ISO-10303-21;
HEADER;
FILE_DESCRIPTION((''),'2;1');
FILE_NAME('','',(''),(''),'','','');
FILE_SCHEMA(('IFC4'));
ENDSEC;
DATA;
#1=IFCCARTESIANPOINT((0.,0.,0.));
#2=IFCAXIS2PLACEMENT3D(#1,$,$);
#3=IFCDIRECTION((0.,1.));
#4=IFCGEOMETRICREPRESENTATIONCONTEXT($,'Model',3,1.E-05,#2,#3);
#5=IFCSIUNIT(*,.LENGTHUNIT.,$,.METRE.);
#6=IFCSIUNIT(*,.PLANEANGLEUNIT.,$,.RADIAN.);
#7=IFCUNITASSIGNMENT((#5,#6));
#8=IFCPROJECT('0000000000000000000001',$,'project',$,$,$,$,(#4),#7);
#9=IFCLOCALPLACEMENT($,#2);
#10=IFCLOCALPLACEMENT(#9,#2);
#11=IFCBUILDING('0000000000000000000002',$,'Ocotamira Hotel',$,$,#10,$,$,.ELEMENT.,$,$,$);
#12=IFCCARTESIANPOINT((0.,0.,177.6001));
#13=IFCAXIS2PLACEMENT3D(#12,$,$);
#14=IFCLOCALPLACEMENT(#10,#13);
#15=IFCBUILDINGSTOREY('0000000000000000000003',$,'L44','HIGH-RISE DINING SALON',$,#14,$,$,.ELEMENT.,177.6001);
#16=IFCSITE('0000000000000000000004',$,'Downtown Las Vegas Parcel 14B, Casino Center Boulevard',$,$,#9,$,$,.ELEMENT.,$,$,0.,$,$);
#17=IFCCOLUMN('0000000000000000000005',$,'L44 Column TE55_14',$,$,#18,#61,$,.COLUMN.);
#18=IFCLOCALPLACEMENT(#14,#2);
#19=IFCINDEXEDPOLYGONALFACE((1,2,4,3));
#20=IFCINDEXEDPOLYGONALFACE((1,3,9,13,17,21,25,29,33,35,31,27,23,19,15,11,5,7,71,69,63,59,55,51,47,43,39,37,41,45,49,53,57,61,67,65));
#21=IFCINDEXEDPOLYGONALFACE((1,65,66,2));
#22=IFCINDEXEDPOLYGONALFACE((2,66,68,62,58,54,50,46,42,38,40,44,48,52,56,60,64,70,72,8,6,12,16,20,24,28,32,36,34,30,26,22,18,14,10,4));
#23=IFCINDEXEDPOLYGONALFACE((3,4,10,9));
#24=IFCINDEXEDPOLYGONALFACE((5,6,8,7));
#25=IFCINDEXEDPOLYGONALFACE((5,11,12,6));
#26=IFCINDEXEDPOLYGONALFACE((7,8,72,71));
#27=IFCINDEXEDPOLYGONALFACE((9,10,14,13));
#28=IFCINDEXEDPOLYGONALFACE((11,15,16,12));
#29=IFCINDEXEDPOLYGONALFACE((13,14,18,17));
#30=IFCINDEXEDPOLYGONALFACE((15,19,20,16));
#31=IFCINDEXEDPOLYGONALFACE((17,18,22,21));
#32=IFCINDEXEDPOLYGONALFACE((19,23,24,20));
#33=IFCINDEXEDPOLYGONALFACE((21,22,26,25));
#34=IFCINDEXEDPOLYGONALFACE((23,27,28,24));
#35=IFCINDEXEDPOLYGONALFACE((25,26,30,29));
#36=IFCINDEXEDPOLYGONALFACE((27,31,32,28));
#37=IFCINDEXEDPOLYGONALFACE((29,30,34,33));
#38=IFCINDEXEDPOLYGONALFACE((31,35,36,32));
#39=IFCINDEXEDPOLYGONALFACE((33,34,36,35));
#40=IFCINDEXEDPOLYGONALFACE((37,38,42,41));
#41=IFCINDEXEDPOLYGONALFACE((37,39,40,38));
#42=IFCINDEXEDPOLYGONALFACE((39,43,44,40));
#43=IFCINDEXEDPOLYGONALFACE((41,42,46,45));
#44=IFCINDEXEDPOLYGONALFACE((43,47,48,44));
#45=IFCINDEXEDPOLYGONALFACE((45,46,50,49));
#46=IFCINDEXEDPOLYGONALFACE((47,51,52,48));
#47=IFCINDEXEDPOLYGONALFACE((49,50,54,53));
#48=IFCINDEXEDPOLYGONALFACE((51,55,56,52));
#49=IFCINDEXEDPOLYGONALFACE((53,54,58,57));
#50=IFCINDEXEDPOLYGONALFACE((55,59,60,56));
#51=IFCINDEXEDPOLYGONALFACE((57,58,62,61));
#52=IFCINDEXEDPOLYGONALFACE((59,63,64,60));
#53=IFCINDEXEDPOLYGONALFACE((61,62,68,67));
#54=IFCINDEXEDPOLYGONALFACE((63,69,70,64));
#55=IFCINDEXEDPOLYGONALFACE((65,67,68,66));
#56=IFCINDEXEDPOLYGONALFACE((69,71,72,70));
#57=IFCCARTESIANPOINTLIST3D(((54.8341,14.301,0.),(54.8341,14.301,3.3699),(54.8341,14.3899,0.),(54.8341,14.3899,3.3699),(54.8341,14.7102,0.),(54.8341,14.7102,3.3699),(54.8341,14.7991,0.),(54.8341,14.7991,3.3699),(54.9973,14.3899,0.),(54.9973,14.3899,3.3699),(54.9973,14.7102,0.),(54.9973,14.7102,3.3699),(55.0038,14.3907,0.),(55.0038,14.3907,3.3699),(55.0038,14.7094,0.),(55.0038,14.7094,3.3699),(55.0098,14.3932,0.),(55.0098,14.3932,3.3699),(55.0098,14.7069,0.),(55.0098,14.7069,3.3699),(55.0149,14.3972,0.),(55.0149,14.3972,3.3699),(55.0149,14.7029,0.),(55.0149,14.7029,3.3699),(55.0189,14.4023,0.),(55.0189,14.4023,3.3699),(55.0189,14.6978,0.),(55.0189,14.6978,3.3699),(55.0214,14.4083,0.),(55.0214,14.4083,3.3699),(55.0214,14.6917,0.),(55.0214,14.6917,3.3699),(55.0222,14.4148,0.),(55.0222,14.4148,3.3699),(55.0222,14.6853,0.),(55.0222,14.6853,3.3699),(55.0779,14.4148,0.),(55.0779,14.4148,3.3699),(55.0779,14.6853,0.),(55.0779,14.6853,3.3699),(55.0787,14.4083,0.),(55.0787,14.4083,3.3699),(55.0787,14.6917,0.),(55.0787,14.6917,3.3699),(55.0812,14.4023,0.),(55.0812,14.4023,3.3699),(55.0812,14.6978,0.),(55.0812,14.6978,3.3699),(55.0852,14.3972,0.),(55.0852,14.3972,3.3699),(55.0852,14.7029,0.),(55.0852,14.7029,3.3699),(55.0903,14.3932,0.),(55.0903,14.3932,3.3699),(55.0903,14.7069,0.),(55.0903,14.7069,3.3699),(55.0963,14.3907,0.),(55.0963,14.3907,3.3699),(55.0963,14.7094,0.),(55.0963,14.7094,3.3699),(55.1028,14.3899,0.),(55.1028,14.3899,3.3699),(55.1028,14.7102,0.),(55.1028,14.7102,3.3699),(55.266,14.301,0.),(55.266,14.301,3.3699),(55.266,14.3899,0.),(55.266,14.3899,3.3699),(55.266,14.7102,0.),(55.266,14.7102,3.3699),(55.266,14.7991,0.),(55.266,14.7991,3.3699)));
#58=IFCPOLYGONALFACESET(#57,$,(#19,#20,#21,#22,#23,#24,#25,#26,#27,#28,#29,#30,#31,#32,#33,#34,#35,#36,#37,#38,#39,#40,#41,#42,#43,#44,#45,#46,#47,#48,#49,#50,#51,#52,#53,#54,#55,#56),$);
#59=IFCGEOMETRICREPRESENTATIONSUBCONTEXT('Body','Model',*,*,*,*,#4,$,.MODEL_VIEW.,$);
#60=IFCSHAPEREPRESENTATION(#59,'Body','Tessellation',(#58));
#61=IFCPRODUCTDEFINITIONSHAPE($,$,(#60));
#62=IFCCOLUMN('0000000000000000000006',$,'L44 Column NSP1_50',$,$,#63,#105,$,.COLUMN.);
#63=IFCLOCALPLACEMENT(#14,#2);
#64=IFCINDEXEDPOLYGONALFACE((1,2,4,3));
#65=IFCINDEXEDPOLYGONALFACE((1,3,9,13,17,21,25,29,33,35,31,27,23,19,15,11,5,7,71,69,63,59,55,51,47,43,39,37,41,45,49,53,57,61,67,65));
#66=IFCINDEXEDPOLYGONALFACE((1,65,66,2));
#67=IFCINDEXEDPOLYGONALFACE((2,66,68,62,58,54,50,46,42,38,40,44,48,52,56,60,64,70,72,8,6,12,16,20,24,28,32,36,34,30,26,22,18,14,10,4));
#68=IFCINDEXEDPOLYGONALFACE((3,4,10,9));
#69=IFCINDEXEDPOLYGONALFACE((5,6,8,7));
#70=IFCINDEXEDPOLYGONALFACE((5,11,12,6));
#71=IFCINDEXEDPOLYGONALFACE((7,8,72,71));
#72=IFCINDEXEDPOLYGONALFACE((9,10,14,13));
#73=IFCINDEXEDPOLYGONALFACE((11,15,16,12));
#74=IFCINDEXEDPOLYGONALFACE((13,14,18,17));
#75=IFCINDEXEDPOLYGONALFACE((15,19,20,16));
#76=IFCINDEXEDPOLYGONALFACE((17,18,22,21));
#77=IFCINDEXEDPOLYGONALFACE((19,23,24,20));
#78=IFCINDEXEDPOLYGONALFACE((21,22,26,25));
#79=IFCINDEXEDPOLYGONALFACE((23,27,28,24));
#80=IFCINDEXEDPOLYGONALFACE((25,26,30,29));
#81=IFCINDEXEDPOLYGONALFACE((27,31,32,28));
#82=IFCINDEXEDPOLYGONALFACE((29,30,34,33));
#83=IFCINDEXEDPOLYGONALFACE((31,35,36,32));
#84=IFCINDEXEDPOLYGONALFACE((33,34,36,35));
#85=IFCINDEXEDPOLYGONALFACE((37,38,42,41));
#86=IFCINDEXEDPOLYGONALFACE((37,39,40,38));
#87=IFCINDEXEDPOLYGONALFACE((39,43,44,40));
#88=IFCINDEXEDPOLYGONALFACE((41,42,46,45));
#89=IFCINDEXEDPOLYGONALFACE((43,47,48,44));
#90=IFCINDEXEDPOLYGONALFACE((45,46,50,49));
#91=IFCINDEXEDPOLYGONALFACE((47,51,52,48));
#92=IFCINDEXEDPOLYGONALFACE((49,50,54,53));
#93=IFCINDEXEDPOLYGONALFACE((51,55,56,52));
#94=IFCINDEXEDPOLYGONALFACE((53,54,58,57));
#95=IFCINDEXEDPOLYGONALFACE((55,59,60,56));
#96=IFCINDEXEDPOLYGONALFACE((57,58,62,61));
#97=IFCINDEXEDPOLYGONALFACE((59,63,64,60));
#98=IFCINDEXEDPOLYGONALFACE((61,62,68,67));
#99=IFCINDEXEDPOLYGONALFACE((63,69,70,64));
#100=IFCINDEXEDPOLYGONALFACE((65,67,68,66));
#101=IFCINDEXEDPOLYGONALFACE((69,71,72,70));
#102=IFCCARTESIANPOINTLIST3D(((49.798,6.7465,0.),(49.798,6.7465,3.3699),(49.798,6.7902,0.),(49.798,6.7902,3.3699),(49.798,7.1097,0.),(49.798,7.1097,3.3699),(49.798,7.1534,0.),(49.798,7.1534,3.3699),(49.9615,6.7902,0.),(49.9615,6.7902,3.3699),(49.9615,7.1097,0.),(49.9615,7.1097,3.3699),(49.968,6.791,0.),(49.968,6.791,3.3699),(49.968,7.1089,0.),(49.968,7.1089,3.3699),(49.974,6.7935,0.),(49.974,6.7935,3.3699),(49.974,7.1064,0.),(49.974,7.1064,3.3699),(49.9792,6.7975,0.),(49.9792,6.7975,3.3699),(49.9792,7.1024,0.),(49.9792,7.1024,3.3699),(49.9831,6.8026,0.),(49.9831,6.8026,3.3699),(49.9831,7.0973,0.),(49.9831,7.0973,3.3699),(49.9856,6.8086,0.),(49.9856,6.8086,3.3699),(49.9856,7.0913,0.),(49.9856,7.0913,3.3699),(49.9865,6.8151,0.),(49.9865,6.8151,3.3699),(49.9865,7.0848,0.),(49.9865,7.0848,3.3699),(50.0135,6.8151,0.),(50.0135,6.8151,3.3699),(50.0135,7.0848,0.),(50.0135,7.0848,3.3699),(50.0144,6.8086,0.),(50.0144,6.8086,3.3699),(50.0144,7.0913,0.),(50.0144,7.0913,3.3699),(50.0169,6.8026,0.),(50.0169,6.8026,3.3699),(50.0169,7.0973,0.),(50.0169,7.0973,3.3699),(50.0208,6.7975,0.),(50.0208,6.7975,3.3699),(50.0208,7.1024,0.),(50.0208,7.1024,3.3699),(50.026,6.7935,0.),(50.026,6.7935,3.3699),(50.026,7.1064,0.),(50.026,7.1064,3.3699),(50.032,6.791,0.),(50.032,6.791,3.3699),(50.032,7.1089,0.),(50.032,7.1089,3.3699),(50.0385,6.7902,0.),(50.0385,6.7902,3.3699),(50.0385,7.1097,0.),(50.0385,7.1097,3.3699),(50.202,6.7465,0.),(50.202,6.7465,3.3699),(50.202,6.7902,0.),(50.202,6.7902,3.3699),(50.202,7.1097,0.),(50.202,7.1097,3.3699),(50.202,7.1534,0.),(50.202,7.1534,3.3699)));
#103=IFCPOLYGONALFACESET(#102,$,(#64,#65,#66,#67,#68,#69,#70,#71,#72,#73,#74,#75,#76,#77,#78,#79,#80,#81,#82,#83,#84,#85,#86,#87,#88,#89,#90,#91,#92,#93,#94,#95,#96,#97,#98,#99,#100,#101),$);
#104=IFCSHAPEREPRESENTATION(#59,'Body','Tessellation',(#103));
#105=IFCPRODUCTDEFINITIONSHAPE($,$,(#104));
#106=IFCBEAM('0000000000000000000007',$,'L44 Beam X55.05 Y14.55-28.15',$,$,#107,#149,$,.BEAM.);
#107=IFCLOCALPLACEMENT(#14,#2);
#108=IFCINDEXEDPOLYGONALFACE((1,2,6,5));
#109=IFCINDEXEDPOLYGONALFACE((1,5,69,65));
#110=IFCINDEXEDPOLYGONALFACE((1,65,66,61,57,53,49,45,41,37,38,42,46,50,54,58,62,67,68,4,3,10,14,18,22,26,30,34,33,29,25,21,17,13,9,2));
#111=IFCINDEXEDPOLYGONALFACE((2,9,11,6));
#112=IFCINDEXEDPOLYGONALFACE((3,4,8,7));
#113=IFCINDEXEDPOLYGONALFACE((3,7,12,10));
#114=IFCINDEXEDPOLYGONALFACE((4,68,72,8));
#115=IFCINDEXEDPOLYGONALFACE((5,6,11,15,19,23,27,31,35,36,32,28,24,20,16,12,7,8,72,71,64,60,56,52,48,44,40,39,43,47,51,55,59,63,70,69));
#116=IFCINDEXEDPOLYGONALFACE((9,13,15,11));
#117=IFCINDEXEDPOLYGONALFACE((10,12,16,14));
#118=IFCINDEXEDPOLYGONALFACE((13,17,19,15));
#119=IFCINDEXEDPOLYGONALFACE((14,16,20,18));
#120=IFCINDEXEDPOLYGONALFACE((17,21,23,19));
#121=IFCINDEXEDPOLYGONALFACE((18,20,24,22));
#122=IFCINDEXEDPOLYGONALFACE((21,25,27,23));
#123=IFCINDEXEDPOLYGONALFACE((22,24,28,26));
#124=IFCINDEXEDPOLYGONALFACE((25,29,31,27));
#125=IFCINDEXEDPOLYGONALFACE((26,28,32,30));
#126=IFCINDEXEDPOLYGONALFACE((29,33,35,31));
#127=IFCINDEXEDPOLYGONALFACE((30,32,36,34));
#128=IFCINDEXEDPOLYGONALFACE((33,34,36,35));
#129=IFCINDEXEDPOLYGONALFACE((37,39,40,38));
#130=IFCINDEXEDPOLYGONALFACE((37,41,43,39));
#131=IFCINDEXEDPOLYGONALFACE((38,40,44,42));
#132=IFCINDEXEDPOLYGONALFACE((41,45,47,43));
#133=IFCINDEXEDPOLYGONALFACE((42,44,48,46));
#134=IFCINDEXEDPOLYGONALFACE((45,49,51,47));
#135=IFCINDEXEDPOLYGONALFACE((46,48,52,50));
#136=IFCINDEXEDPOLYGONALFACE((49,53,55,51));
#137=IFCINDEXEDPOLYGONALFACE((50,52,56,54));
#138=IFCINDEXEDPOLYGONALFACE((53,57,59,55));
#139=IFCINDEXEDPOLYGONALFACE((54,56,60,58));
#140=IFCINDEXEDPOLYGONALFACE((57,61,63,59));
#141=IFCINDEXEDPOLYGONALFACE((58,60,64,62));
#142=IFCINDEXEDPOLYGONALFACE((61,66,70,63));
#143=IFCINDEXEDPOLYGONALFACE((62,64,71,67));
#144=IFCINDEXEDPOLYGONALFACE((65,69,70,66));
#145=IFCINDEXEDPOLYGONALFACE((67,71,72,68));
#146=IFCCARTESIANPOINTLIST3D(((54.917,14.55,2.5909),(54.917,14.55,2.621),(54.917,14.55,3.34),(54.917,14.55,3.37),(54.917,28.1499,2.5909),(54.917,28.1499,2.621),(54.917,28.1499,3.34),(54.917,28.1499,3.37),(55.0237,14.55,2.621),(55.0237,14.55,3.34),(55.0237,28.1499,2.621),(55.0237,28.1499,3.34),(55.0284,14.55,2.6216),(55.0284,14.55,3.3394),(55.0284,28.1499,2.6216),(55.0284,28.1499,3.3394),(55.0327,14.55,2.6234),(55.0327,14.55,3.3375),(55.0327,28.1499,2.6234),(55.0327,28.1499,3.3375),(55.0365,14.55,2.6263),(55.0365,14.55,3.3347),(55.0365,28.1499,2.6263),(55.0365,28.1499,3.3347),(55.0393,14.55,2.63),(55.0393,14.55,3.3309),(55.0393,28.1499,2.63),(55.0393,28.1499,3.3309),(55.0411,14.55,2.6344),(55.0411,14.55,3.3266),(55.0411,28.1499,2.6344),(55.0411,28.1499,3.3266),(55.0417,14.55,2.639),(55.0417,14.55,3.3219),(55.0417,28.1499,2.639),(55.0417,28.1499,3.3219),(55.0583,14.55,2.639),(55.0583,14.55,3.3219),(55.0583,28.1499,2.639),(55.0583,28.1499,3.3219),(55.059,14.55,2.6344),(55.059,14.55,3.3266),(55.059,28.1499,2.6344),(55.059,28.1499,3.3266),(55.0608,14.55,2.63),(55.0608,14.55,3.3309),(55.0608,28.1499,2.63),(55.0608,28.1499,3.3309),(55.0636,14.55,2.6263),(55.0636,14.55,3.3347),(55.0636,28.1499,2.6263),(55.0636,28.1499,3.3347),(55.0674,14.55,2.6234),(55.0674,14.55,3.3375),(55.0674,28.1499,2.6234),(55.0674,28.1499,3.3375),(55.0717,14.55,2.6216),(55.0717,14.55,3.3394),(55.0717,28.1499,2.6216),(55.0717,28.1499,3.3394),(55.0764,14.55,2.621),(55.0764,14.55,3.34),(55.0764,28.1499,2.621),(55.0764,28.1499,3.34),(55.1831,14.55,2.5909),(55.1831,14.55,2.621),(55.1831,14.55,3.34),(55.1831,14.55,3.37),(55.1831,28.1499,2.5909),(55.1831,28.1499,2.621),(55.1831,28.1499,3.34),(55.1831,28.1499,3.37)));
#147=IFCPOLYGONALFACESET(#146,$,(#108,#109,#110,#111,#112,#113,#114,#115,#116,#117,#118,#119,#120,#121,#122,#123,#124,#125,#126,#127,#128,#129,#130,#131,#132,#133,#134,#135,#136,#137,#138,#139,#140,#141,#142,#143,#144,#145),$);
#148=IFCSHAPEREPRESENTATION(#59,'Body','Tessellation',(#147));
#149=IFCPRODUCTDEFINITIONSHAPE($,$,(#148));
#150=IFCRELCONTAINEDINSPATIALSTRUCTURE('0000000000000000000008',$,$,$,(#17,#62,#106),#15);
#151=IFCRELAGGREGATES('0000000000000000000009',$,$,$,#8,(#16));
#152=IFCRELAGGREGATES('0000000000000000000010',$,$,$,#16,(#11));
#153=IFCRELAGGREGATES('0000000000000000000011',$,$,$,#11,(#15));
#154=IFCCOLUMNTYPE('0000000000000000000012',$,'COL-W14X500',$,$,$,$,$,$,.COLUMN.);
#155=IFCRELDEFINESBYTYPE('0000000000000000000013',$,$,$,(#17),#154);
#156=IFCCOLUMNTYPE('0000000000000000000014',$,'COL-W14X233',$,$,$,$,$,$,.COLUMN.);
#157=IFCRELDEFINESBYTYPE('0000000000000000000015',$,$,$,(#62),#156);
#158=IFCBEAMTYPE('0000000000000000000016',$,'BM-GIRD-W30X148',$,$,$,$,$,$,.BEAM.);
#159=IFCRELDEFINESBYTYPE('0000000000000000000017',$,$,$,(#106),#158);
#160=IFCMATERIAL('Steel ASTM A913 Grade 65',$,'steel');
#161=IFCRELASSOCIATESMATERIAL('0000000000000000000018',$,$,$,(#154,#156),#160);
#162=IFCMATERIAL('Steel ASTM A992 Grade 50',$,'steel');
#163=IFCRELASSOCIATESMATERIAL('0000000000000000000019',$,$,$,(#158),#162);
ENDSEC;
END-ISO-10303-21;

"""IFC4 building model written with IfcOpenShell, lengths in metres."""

from ifc_helpers import new_model, si_unit, direction, frame, origin, origin_2d, place, context, subcontext, project, spatial, i_section, extrude, source, transform, mapped, material, material_profile, profile_set, type_object, element, save


model = new_model("IFC4")

# Units and contexts
model_context = context("Model", 3, precision=1e-05, world=origin(), true_north=direction((0.0, 1.0)))
body_context = subcontext(model_context, "Body", "Model", "MODEL_VIEW")
ifc_project = project(units=[si_unit("LENGTHUNIT", "METRE"), si_unit("PLANEANGLEUNIT", "RADIAN")], contexts=[model_context])

# Site, building, storey
site_placement = place(None, origin())
site = spatial("IfcSite", under=ifc_project, at=site_placement, Name="Downtown Las Vegas Parcel 14B, Casino Center Boulevard", CompositionType="ELEMENT", RefElevation=0.0)
building_placement = place(site_placement, origin())
building = spatial("IfcBuilding", under=site, at=building_placement, Name="Ocotamira Hotel", CompositionType="ELEMENT")
storey_placement = place(building_placement, frame((0.0, 0.0, 177.6001)))
storey = spatial("IfcBuildingStorey", under=building, at=storey_placement, Name="L44", Description="HIGH-RISE DINING SALON", CompositionType="ELEMENT", Elevation=177.6001)

# Columns
ifc_material_1 = material(Name="Steel ASTM A913 Grade 65", Category="steel")
ifc_material_profile_1 = material_profile(ifc_material_1, i_section(OverallWidth=0.4319, OverallDepth=0.498, WebThickness=0.0557, FlangeThickness=0.0889, FilletRadius=0.0249, at=origin_2d()), Name="W14X500")
ifc_profile_set_1 = profile_set([ifc_material_profile_1], Name="Steel ASTM A913 Grade 65")
column_type_1 = type_object("IfcColumnType", Name="COL-W14X500", PredefinedType="COLUMN", material=ifc_profile_set_1)
shared_shape_1 = source(origin(), body_context, "Body", "SweptSolid", [
    extrude(i_section(OverallWidth=0.4319, OverallDepth=0.498, WebThickness=0.0557, FlangeThickness=0.0889, FilletRadius=0.0249, at=origin_2d()), origin(), (0.0, 0.0, 1.0), 3.3699),
])
column_1_placement = place(storey_placement, frame((55.05, 14.55, 0.0), z_axis=(0.0, 0.0, 1.0), x_axis=(1.0, 0.0, 0.0)))
element("IfcColumn", 1, at=column_1_placement, inside=storey, type_object=column_type_1, Name="L44 Column TE55_14", PredefinedType="COLUMN", context=body_context, shape_type="MappedRepresentation", body=[
    mapped(shared_shape_1, transform((0.0, 0.0, 0.0), scale=1.0)),
])
ifc_material_profile_2 = material_profile(ifc_material_1, i_section(OverallWidth=0.4041, OverallDepth=0.407, WebThickness=0.0271, FlangeThickness=0.0437, FilletRadius=0.0249, at=origin_2d()), Name="W14X233")
ifc_profile_set_2 = profile_set([ifc_material_profile_2], Name="Steel ASTM A913 Grade 65")
column_type_2 = type_object("IfcColumnType", Name="COL-W14X233", PredefinedType="COLUMN", material=ifc_profile_set_2)
shared_shape_2 = source(origin(), body_context, "Body", "SweptSolid", [
    extrude(i_section(OverallWidth=0.4041, OverallDepth=0.407, WebThickness=0.0271, FlangeThickness=0.0437, FilletRadius=0.0249, at=origin_2d()), origin(), (0.0, 0.0, 1.0), 3.3699),
])
column_2_placement = place(storey_placement, frame((50.0, 6.95, 0.0), z_axis=(0.0, 0.0, 1.0), x_axis=(1.0, 0.0, 0.0)))
element("IfcColumn", 2, at=column_2_placement, inside=storey, type_object=column_type_2, Name="L44 Column NSP1_50", PredefinedType="COLUMN", context=body_context, shape_type="MappedRepresentation", body=[
    mapped(shared_shape_2, transform((0.0, 0.0, 0.0), scale=1.0)),
])

# Beam
ifc_material_2 = material(Name="Steel ASTM A992 Grade 50", Category="steel")
ifc_material_profile_3 = material_profile(ifc_material_2, i_section(OverallWidth=0.2661, OverallDepth=0.7791, WebThickness=0.0166, FlangeThickness=0.03, FilletRadius=0.0181, at=origin_2d()), Name="W30X148")
ifc_profile_set_3 = profile_set([ifc_material_profile_3], Name="Steel ASTM A992 Grade 50")
beam_type_1 = type_object("IfcBeamType", Name="BM-GIRD-W30X148", PredefinedType="BEAM", material=ifc_profile_set_3)
shared_shape_3 = source(origin(), body_context, "Body", "SweptSolid", [
    extrude(i_section(OverallWidth=0.2661, OverallDepth=0.7791, WebThickness=0.0166, FlangeThickness=0.03, FilletRadius=0.0181, at=origin_2d()), origin(), (0.0, 0.0, 1.0), 13.5999),
])
beam_1_placement = place(storey_placement, frame((55.05, 14.55, 2.9805), z_axis=(0.0, 1.0, 0.0), x_axis=(-1.0, 0.0, 0.0)))
element("IfcBeam", 3, at=beam_1_placement, inside=storey, type_object=beam_type_1, Name="L44 Beam X55.05 Y14.55-28.15", PredefinedType="BEAM", context=body_context, shape_type="MappedRepresentation", body=[
    mapped(shared_shape_3, transform((0.0, 0.0, 0.0), scale=1.0)),
])

save(model, "model.ifc")
